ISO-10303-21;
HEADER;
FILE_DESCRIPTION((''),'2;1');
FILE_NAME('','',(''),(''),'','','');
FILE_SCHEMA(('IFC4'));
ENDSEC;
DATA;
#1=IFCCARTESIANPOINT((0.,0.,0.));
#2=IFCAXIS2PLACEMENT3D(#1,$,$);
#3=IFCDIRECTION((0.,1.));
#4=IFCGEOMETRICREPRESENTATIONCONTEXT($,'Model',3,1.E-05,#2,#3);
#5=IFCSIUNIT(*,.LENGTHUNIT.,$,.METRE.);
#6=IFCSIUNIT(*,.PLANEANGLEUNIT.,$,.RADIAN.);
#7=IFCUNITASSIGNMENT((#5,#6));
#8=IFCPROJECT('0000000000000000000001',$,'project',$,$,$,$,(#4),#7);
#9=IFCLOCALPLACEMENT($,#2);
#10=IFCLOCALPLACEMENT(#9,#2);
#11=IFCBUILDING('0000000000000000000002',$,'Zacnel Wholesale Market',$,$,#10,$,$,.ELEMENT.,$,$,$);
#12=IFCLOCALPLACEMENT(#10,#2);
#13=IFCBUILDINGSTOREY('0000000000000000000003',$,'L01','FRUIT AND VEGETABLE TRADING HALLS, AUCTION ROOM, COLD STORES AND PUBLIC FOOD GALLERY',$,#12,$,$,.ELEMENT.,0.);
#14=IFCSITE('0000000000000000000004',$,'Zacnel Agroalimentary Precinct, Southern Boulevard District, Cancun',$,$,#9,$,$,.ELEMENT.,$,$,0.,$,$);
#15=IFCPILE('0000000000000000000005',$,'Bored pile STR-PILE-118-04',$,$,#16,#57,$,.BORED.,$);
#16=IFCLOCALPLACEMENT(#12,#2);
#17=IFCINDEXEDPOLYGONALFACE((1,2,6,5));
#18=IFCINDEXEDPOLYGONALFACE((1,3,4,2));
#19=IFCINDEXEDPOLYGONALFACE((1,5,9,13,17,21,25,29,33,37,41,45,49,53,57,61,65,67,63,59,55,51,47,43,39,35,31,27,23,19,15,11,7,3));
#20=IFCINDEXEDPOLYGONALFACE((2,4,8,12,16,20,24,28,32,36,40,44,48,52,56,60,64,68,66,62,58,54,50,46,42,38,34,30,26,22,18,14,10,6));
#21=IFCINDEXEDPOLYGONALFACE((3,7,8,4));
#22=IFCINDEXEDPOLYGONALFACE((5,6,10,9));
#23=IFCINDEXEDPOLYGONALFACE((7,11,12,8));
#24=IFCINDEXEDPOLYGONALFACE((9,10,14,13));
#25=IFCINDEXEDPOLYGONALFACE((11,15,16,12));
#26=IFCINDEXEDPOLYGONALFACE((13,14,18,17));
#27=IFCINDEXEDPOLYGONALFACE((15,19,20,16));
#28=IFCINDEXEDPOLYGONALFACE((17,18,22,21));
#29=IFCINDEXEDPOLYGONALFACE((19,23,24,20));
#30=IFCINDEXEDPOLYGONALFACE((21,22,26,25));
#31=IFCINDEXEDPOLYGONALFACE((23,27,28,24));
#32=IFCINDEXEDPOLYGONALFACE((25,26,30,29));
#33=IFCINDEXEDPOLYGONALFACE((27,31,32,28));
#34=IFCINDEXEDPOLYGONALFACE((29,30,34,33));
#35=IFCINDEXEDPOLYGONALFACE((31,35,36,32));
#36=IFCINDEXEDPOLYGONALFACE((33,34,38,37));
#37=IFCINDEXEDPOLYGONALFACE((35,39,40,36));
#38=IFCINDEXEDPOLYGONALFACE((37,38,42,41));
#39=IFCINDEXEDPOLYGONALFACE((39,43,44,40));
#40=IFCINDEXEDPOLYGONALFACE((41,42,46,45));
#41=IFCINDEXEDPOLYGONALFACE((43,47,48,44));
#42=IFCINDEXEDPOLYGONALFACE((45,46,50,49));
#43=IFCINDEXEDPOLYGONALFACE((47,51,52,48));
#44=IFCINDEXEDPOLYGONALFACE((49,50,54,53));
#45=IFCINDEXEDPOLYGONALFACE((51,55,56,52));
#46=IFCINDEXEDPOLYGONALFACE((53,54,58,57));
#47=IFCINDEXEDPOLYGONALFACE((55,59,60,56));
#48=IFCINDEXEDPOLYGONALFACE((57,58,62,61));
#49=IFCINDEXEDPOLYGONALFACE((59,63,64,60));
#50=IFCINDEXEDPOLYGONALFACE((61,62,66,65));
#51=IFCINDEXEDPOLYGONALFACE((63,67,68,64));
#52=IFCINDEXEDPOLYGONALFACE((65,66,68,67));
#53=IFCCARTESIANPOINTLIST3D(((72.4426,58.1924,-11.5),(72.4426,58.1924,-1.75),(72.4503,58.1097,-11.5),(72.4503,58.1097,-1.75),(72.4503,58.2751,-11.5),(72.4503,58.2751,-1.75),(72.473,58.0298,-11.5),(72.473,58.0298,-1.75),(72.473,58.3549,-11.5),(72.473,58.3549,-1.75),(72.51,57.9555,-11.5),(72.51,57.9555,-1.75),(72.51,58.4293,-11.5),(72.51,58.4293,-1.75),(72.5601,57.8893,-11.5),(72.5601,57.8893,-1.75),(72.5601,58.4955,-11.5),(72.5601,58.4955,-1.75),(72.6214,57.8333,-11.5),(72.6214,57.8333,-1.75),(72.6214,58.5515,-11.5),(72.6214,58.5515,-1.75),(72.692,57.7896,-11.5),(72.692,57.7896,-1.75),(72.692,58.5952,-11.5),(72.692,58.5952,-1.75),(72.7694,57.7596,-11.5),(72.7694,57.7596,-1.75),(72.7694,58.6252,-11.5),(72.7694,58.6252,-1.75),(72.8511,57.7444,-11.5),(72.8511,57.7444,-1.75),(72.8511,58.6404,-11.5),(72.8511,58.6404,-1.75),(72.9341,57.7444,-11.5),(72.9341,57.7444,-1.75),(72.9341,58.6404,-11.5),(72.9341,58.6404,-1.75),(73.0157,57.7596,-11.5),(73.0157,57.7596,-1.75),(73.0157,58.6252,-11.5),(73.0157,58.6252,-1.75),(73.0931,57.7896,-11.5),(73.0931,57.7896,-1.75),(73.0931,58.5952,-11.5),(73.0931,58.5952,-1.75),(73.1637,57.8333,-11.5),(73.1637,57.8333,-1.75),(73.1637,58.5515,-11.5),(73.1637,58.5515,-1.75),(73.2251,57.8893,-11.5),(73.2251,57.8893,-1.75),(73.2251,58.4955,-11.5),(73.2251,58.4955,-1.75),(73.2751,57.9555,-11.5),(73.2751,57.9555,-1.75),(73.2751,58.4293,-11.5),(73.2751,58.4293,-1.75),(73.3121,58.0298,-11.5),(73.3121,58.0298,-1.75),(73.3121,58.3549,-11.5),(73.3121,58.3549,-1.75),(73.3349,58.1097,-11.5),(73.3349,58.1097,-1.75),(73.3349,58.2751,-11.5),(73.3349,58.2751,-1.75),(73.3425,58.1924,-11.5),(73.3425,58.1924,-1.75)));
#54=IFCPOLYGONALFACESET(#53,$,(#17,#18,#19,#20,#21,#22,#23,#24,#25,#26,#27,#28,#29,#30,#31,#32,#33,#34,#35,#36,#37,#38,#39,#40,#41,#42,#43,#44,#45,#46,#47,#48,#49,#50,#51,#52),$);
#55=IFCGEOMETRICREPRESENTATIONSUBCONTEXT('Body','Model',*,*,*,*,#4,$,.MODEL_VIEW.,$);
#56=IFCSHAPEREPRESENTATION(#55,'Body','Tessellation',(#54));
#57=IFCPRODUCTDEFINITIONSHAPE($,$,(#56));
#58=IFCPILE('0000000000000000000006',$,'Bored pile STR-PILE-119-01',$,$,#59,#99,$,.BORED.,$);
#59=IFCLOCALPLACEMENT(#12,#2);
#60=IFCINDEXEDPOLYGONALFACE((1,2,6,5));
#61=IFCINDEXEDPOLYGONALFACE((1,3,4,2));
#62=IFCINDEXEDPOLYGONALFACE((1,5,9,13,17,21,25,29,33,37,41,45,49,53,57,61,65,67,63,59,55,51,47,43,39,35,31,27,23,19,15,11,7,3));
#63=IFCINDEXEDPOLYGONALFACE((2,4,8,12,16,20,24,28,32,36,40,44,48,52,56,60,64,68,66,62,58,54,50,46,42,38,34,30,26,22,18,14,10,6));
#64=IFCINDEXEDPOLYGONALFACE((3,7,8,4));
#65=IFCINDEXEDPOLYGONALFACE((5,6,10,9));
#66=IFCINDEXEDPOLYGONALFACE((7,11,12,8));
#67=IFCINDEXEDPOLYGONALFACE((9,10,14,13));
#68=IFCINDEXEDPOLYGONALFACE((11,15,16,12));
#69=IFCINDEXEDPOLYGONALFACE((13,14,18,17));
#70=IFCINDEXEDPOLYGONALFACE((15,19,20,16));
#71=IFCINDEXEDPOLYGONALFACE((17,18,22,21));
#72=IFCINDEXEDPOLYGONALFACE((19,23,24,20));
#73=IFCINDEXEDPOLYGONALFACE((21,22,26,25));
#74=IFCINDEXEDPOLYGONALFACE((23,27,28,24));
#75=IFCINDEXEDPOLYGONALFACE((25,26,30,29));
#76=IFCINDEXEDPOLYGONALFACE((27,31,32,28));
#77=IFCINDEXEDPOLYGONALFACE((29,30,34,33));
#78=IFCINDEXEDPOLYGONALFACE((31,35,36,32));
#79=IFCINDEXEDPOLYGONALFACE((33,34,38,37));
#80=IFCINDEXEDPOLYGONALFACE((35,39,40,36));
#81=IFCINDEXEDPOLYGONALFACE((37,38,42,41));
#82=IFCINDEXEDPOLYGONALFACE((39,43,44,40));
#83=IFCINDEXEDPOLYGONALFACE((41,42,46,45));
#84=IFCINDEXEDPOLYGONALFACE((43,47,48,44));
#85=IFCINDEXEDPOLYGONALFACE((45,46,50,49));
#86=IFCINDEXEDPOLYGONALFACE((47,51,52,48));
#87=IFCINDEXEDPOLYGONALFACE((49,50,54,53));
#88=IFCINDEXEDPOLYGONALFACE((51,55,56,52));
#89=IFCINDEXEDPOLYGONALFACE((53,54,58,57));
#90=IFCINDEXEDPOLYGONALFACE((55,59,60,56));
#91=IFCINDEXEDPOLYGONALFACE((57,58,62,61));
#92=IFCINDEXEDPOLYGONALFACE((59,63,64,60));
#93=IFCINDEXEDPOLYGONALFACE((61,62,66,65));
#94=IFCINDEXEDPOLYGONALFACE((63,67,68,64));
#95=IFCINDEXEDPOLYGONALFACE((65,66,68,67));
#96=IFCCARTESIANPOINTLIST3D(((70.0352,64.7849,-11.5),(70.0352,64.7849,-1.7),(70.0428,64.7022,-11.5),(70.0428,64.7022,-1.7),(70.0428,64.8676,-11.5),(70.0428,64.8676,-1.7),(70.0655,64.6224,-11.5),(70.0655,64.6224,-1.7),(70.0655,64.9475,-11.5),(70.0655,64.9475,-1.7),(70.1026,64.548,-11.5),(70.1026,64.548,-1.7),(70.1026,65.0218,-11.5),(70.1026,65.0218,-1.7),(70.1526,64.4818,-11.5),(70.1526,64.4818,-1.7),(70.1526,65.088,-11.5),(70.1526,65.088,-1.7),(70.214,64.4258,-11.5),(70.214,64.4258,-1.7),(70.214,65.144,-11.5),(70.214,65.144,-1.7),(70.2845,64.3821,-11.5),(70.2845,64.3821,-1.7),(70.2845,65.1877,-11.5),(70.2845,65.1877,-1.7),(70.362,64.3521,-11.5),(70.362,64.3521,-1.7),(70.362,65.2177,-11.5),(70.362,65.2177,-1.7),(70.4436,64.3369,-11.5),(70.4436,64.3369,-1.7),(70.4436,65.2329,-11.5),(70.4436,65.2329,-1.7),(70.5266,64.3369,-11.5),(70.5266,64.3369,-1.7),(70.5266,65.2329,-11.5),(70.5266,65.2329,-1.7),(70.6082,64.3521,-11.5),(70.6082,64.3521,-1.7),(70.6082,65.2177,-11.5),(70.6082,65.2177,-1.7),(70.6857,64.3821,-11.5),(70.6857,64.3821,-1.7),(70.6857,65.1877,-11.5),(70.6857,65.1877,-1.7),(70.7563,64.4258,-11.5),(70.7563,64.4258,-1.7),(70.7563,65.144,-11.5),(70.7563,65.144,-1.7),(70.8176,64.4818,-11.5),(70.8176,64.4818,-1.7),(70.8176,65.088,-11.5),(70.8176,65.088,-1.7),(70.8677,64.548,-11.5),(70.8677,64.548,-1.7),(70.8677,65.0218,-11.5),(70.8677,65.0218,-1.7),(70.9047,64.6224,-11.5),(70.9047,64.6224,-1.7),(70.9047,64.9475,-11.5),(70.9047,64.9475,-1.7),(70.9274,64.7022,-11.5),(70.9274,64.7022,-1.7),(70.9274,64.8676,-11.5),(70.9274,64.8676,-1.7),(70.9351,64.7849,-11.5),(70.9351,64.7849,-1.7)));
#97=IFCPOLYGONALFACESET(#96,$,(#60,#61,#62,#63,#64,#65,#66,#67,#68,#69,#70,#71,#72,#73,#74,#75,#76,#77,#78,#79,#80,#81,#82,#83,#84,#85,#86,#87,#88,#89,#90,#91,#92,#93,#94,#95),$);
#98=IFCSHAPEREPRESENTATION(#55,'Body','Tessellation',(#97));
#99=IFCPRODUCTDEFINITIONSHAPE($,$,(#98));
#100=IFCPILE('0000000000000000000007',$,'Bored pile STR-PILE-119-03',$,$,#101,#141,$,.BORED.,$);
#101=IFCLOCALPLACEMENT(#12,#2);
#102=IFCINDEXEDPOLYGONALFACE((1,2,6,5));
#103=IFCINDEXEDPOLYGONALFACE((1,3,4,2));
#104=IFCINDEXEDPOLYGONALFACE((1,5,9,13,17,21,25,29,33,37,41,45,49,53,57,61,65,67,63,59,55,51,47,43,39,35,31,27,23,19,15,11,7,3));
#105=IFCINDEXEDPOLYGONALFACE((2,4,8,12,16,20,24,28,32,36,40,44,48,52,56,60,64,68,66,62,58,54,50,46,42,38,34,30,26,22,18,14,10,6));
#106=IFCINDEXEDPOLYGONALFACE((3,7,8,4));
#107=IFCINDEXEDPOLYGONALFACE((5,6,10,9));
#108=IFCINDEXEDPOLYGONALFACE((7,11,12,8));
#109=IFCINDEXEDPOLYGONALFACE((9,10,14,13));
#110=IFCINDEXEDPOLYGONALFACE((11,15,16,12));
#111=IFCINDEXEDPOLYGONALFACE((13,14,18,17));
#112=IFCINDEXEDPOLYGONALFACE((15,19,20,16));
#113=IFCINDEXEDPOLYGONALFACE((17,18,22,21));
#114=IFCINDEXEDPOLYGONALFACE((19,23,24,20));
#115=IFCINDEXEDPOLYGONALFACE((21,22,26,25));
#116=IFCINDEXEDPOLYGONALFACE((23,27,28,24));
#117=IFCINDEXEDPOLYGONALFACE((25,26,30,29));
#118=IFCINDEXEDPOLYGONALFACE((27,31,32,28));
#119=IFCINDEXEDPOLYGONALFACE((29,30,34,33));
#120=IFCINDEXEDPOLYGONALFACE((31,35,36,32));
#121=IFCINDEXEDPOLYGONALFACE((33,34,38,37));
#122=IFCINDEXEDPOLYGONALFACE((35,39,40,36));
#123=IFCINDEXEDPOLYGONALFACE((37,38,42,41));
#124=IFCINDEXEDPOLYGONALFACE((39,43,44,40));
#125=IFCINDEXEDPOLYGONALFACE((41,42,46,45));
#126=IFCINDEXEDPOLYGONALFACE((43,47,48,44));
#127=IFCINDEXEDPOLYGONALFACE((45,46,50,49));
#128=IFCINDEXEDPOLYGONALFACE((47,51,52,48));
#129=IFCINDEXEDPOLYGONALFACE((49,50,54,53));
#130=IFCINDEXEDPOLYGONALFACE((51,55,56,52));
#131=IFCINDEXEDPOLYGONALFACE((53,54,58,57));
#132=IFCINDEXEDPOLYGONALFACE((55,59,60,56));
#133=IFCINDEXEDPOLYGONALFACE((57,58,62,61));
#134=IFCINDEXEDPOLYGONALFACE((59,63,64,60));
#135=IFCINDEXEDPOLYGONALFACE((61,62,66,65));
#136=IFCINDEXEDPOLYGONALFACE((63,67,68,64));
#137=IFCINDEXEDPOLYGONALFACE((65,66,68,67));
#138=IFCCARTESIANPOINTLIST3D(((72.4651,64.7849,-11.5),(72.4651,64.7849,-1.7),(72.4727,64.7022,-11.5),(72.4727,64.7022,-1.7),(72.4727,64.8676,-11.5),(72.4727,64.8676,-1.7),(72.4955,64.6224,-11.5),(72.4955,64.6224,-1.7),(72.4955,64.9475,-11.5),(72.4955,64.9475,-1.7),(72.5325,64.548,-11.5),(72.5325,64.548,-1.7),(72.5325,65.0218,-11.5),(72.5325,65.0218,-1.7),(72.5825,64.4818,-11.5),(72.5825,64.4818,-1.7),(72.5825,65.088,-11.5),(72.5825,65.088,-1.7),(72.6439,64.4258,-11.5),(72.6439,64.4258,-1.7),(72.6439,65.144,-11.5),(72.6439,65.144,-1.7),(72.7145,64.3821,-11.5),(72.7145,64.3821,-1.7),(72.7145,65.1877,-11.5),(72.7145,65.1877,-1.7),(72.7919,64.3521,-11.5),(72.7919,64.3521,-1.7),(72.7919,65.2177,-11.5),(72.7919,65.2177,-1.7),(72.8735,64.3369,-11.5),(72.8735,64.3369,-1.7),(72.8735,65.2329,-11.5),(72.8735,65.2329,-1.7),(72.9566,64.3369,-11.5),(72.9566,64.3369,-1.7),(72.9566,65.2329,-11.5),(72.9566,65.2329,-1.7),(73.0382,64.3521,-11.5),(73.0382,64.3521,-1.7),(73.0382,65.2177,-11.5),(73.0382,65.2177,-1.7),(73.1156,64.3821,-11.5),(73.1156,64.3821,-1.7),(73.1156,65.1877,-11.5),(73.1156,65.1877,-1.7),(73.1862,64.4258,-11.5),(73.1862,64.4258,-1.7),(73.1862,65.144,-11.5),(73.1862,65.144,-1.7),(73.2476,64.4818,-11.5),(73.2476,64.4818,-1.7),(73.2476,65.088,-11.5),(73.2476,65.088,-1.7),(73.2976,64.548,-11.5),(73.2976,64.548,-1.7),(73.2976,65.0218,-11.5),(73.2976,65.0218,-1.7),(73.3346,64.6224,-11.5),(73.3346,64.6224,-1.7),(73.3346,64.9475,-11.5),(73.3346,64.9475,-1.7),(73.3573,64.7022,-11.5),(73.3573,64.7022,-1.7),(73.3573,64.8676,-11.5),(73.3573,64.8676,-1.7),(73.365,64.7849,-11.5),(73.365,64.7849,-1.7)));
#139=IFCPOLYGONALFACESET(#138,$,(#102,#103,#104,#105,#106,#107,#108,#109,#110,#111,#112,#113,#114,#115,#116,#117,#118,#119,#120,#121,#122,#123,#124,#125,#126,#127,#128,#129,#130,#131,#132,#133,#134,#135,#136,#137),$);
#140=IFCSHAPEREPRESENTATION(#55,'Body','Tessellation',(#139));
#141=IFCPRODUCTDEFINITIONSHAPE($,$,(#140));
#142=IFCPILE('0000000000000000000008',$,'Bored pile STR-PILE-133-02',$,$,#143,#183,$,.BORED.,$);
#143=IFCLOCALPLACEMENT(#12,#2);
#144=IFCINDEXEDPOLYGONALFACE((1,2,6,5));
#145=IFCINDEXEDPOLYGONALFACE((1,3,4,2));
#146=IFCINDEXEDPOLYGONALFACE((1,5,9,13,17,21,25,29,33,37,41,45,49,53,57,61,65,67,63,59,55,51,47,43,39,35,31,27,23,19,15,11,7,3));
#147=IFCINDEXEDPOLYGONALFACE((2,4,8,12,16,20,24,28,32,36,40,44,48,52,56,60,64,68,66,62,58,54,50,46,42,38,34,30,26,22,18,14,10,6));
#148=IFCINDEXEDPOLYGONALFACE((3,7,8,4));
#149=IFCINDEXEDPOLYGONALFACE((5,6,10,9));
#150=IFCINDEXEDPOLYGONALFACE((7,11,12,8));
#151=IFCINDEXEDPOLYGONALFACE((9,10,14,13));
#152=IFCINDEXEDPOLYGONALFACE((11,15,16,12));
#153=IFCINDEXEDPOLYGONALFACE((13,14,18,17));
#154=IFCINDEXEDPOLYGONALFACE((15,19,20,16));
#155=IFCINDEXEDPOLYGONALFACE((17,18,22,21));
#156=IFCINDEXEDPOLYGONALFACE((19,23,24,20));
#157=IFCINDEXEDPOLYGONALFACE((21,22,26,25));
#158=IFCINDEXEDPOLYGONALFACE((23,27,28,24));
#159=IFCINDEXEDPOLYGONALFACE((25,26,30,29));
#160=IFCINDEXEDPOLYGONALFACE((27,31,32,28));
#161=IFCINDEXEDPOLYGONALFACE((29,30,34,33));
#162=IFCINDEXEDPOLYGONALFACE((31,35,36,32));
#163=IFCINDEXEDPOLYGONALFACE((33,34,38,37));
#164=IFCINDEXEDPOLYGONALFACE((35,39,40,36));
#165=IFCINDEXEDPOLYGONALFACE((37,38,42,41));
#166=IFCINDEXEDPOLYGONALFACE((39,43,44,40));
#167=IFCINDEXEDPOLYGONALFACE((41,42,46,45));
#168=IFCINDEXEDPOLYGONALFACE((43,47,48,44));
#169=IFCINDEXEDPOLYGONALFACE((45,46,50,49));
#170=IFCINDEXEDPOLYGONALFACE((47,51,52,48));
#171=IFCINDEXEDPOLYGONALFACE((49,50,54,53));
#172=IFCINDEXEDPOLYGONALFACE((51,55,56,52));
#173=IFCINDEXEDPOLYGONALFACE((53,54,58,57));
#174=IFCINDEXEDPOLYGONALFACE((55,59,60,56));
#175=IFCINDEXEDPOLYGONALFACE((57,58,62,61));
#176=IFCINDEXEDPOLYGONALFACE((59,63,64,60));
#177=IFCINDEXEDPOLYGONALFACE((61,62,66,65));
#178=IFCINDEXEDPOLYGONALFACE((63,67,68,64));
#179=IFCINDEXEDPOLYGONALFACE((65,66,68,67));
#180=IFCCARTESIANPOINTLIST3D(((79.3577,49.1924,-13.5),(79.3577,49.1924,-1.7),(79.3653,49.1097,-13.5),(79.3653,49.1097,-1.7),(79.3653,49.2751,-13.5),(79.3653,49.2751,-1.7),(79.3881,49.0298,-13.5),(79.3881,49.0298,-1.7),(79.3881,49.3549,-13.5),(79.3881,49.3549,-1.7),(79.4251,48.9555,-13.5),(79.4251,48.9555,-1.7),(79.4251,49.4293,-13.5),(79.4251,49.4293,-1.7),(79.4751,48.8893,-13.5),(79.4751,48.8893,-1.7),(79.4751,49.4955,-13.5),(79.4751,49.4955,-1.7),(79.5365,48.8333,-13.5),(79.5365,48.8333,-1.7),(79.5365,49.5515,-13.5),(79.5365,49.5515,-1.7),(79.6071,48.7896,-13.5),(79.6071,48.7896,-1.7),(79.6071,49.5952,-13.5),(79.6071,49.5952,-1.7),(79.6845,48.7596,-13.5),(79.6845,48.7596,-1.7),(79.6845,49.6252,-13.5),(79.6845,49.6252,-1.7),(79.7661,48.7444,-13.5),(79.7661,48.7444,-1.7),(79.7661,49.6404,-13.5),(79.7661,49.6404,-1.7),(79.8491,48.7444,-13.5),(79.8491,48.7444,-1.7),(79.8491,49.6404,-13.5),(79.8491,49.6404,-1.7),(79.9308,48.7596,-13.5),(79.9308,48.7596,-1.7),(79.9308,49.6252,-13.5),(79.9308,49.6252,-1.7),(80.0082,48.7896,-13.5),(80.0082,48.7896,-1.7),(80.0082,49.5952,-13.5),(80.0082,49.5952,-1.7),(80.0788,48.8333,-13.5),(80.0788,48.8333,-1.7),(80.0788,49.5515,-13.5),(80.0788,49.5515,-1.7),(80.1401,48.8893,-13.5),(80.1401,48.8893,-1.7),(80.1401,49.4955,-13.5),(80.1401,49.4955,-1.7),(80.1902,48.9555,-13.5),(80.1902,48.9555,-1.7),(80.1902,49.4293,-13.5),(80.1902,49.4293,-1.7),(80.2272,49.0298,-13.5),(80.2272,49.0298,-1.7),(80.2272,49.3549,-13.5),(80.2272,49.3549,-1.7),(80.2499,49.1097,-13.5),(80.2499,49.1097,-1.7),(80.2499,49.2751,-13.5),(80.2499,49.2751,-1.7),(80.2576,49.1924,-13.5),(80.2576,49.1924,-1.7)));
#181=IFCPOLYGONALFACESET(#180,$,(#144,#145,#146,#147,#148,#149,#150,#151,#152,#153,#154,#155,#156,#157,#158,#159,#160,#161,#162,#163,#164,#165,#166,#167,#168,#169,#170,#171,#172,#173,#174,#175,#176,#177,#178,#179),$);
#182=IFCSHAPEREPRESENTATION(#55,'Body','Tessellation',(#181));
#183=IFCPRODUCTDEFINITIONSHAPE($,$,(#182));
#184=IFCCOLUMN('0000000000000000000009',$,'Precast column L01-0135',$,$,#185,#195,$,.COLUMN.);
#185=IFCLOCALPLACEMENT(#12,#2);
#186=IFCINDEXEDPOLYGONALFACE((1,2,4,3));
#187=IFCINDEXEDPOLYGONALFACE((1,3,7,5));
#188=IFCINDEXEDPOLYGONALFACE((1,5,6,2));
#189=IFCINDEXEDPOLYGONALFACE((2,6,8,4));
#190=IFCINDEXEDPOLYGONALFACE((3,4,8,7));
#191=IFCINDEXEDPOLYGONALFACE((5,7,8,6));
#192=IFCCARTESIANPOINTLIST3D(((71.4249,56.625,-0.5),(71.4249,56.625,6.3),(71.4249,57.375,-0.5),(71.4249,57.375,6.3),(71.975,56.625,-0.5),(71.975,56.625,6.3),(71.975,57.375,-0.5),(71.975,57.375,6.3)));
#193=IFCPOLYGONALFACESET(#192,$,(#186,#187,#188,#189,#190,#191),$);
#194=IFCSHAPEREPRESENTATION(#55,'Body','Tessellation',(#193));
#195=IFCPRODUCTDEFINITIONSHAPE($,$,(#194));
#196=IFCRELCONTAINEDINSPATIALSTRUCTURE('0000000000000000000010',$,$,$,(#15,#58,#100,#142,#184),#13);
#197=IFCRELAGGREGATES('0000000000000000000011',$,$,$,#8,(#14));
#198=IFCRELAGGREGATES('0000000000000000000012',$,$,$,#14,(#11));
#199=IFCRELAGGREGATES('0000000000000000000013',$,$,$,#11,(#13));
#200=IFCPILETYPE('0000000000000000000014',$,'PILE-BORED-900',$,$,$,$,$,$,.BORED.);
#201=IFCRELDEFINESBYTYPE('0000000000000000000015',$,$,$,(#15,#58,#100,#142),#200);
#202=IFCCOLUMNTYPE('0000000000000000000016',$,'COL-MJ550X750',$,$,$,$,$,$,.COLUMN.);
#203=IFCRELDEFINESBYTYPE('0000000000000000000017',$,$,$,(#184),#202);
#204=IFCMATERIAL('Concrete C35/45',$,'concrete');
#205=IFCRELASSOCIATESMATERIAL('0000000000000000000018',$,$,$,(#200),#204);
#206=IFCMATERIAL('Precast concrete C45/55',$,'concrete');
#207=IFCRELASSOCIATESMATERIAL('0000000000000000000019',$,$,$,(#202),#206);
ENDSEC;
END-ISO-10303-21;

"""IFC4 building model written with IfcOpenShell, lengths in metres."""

from ifc_helpers import new_model, si_unit, direction, frame, origin, origin_2d, place, context, subcontext, project, spatial, rectangle, circle, extrude, material, material_profile, profile_set, type_object, element, save


model = new_model("IFC4")

# Units and contexts
model_context = context("Model", 3, precision=1e-05, world=origin(), true_north=direction((0.0, 1.0)))
body_context = subcontext(model_context, "Body", "Model", "MODEL_VIEW")
ifc_project = project(units=[si_unit("LENGTHUNIT", "METRE"), si_unit("PLANEANGLEUNIT", "RADIAN")], contexts=[model_context])

# Site, building, storey
site_placement = place(None, origin())
site = spatial("IfcSite", under=ifc_project, at=site_placement, Name="Zacnel Agroalimentary Precinct, Southern Boulevard District, Cancun", CompositionType="ELEMENT", RefElevation=0.0)
building_placement = place(site_placement, origin())
building = spatial("IfcBuilding", under=site, at=building_placement, Name="Zacnel Wholesale Market", CompositionType="ELEMENT")
storey_placement = place(building_placement, origin())
storey = spatial("IfcBuildingStorey", under=building, at=storey_placement, Name="L01", Description="FRUIT AND VEGETABLE TRADING HALLS, AUCTION ROOM, COLD STORES AND PUBLIC FOOD GALLERY", CompositionType="ELEMENT", Elevation=0.0)

# Piles
ifc_material_1 = material(Name="Concrete C35/45", Category="concrete")
ifc_material_profile_1 = material_profile(ifc_material_1, circle(Radius=0.45, at=origin_2d()), Name="BORED PILE D900")
ifc_profile_set_1 = profile_set([ifc_material_profile_1], Name="Concrete C35/45")
pile_type = type_object("IfcPileType", Name="PILE-BORED-900", PredefinedType="BORED", material=ifc_profile_set_1)
for number, where, z_axis, x_axis, name in (
    (1, (72.8926, 58.1924, -1.75), (0.0, 0.0, -1.0), (1.0, 0.0, 0.0), "Bored pile STR-PILE-118-04"),
):
    element("IfcPile", number, at=place(storey_placement, frame(where, z_axis=z_axis, x_axis=x_axis)), inside=storey, type_object=pile_type, Name=name, PredefinedType="BORED", context=body_context, shape_type="SweptSolid", body=[
        extrude(circle(Radius=0.45, at=origin_2d()), origin(), (0.0, 0.0, 1.0), 9.75),
    ])
for number, where, z_axis, x_axis, name in (
    (2, (70.4851, 64.7849, -1.7), (0.0, 0.0, -1.0), (1.0, 0.0, 0.0), "Bored pile STR-PILE-119-01"),
    (3, (72.915, 64.7849, -1.7), (0.0, 0.0, -1.0), (1.0, 0.0, 0.0), "Bored pile STR-PILE-119-03"),
):
    element("IfcPile", number, at=place(storey_placement, frame(where, z_axis=z_axis, x_axis=x_axis)), inside=storey, type_object=pile_type, Name=name, PredefinedType="BORED", context=body_context, shape_type="SweptSolid", body=[
        extrude(circle(Radius=0.45, at=origin_2d()), origin(), (0.0, 0.0, 1.0), 9.8),
    ])
pile_1_placement = place(storey_placement, frame((79.8076, 49.1924, -1.7), z_axis=(0.0, 0.0, -1.0), x_axis=(1.0, 0.0, 0.0)))
element("IfcPile", 4, at=pile_1_placement, inside=storey, type_object=pile_type, Name="Bored pile STR-PILE-133-02", PredefinedType="BORED", context=body_context, shape_type="SweptSolid", body=[
    extrude(circle(Radius=0.45, at=origin_2d()), origin(), (0.0, 0.0, 1.0), 11.8),
])

# Column
ifc_material_2 = material(Name="Precast concrete C45/55", Category="concrete")
ifc_material_profile_2 = material_profile(ifc_material_2, rectangle(XDim=0.55, YDim=0.75, at=origin_2d()), Name="PC 550x750")
ifc_profile_set_2 = profile_set([ifc_material_profile_2], Name="Precast concrete C45/55")
column_type_1 = type_object("IfcColumnType", Name="COL-MJ550X750", PredefinedType="COLUMN", material=ifc_profile_set_2)
column_1_placement = place(storey_placement, frame((71.7, 57.0, -0.5), z_axis=(0.0, 0.0, 1.0), x_axis=(1.0, 0.0, 0.0)))
element("IfcColumn", 5, at=column_1_placement, inside=storey, type_object=column_type_1, Name="Precast column L01-0135", PredefinedType="COLUMN", context=body_context, shape_type="SweptSolid", body=[
    extrude(rectangle(XDim=0.55, YDim=0.75, at=origin_2d()), origin(), (0.0, 0.0, 1.0), 6.8),
])

save(model, "model.ifc")
